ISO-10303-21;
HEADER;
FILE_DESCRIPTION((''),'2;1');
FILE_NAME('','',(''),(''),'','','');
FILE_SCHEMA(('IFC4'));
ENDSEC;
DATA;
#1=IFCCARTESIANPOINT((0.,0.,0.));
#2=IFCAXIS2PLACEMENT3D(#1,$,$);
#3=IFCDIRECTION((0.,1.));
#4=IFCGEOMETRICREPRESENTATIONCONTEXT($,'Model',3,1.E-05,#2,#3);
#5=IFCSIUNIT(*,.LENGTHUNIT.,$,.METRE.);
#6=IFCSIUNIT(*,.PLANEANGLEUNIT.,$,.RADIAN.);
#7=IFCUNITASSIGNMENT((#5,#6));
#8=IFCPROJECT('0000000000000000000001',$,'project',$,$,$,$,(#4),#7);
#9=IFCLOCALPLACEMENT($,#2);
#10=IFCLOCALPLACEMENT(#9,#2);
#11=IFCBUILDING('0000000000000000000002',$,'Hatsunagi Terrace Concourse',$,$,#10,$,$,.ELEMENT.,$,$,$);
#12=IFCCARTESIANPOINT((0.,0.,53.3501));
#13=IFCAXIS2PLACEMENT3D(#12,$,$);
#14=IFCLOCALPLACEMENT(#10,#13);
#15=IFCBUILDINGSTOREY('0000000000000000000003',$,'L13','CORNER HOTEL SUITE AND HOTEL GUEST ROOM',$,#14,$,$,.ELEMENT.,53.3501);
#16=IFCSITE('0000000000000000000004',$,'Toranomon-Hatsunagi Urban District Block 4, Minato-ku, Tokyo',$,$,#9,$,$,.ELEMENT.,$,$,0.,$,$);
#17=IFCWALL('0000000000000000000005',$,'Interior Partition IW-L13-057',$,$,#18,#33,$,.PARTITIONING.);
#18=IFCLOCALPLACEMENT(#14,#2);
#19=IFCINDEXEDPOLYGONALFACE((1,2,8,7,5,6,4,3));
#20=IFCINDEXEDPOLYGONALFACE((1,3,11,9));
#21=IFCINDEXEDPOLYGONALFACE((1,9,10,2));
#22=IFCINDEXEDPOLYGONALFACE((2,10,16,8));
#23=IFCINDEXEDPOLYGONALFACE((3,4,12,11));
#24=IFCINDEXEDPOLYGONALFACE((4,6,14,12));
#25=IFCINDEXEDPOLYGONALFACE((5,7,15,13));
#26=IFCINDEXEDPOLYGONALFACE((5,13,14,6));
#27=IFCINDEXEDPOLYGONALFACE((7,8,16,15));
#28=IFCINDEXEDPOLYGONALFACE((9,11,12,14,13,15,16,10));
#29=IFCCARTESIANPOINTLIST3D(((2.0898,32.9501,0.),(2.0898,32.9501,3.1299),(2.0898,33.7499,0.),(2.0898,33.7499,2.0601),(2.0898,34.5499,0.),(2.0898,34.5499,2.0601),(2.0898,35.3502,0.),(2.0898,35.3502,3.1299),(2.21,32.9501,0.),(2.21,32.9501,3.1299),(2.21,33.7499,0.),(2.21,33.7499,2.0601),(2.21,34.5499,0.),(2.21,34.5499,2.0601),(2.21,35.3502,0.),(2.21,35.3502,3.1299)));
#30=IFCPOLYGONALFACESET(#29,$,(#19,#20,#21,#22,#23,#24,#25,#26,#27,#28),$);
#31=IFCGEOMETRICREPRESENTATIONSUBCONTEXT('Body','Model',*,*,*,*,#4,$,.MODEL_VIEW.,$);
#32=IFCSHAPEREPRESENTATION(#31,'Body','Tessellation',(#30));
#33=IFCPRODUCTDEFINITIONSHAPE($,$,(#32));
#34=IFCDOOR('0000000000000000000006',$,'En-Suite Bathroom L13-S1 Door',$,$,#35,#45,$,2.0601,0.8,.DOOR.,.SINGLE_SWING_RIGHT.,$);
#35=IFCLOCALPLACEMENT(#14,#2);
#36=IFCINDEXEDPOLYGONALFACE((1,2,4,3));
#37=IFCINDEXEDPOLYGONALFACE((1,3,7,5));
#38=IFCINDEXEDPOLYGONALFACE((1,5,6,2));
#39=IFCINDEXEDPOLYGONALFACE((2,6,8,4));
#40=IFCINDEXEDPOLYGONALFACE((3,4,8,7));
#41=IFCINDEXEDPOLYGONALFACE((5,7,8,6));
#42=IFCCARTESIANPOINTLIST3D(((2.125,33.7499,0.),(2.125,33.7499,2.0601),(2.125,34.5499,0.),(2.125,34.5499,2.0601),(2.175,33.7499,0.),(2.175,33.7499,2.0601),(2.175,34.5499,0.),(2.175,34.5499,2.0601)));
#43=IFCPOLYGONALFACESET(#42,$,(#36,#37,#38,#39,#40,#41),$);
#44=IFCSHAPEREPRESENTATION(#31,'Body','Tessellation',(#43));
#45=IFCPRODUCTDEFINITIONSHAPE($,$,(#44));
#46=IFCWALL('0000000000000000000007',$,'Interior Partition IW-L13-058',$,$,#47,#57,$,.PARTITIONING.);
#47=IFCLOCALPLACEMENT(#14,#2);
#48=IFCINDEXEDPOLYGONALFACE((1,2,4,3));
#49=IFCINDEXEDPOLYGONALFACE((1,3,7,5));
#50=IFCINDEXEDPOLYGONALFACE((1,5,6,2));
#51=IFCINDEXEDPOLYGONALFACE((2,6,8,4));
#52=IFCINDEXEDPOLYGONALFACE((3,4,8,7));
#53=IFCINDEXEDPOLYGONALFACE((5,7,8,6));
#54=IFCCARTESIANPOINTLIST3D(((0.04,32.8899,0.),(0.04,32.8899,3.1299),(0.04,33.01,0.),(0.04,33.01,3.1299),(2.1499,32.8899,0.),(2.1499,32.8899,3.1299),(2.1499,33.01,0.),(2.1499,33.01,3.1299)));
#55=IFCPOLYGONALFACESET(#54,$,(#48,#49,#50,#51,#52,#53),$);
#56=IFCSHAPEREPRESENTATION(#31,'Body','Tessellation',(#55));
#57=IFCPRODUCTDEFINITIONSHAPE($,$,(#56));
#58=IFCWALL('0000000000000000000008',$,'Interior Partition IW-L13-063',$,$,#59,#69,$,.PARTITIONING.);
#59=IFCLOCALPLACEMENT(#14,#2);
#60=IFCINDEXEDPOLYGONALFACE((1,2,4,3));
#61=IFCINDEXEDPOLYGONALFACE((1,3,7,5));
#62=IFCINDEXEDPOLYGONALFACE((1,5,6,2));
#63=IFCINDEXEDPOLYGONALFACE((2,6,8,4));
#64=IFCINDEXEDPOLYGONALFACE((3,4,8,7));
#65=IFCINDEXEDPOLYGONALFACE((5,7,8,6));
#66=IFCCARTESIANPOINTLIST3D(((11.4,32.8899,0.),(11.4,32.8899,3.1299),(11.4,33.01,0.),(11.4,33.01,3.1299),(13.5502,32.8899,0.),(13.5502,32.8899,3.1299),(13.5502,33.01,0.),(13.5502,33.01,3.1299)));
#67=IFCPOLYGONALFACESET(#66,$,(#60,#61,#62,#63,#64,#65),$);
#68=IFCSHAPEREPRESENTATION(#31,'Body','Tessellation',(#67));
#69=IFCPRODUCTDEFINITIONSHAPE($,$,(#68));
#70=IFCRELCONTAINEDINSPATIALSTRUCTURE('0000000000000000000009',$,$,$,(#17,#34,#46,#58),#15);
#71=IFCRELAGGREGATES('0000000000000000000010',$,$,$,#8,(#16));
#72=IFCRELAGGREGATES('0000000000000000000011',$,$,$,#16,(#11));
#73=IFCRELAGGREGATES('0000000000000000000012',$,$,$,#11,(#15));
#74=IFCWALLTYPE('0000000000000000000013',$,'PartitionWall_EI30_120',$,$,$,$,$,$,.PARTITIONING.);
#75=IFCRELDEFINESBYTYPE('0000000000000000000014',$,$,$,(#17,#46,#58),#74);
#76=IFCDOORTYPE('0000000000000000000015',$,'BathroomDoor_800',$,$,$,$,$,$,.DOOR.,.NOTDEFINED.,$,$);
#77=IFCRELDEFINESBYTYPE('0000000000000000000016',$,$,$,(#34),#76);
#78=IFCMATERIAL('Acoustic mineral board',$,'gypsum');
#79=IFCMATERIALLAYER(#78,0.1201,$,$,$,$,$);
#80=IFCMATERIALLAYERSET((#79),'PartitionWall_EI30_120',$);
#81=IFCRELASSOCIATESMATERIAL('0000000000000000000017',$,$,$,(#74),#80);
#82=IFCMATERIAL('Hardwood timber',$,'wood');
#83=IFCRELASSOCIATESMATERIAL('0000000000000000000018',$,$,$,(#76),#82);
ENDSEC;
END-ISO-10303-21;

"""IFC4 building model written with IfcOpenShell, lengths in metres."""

from ifc_helpers import new_model, si_unit, direction, frame, frame_2d, origin, place, context, subcontext, project, spatial, rectangle, extrude, material, layer, layer_set, type_object, element, fill, save


model = new_model("IFC4")

# Units and contexts
model_context = context("Model", 3, precision=1e-05, world=origin(), true_north=direction((0.0, 1.0)))
body_context = subcontext(model_context, "Body", "Model", "MODEL_VIEW")
ifc_project = project(units=[si_unit("LENGTHUNIT", "METRE"), si_unit("PLANEANGLEUNIT", "RADIAN")], contexts=[model_context])

# Site, building, storey
site_placement = place(None, origin())
site = spatial("IfcSite", under=ifc_project, at=site_placement, Name="Toranomon-Hatsunagi Urban District Block 4, Minato-ku, Tokyo", CompositionType="ELEMENT", RefElevation=0.0)
building_placement = place(site_placement, origin())
building = spatial("IfcBuilding", under=site, at=building_placement, Name="Hatsunagi Terrace Concourse", CompositionType="ELEMENT")
storey_placement = place(building_placement, frame((0.0, 0.0, 53.3501)))
storey = spatial("IfcBuildingStorey", under=building, at=storey_placement, Name="L13", Description="CORNER HOTEL SUITE AND HOTEL GUEST ROOM", CompositionType="ELEMENT", Elevation=53.3501)

# Wall, opening, door
ifc_material_1 = material(Name="Acoustic mineral board", Category="gypsum")
ifc_layer_1 = layer(ifc_material_1, 0.1201)
ifc_layer_set_1 = layer_set([ifc_layer_1], Name="PartitionWall_EI30_120")
wall_type = type_object("IfcWallType", Name="PartitionWall_EI30_120", PredefinedType="PARTITIONING", material=ifc_layer_set_1)
wall_1_placement = place(storey_placement, frame((2.1499, 32.95, 0.0), z_axis=(0.0, 0.0, 1.0), x_axis=(0.0, 1.0, 0.0)))
wall_1 = element("IfcWall", 1, at=wall_1_placement, inside=storey, type_object=wall_type, Name="Interior Partition IW-L13-057", PredefinedType="PARTITIONING", context=body_context, shape_type="SweptSolid", body=[
    extrude(rectangle(XDim=2.4001, YDim=0.1201, at=frame_2d((1.2002, 0.0))), origin(), (0.0, 0.0, 1.0), 3.1299),
])
opening_placement = place(wall_1_placement, frame((0.8, 0.0, 0.0)))
opening = element("IfcOpeningElement", 2, at=opening_placement, cuts=wall_1, PredefinedType="OPENING", context=body_context, shape_type="SweptSolid", body=[
    extrude(rectangle(XDim=0.8, YDim=2.0601, at=frame_2d((0.3999, 1.03))), frame((0.0, 0.0701, 0.0), z_axis=(0.0, -1.0, 0.0), x_axis=(1.0, 0.0, 0.0)), (0.0, 0.0, 1.0), 0.1401),
])
ifc_material_2 = material(Name="Hardwood timber", Category="wood")
door_type = type_object("IfcDoorType", Name="BathroomDoor_800", OperationType="NOTDEFINED", PredefinedType="DOOR", material=ifc_material_2)
door_placement = place(opening_placement, origin())
door = element("IfcDoor", 3, at=door_placement, inside=storey, type_object=door_type, Name="En-Suite Bathroom L13-S1 Door", OperationType="SINGLE_SWING_RIGHT", OverallHeight=2.0601, OverallWidth=0.8, PredefinedType="DOOR", context=body_context, shape_type="SweptSolid", body=[
    extrude(rectangle(XDim=0.8, YDim=2.0601, at=frame_2d((0.3999, 1.03))), frame((0.0, 0.0249, 0.0), z_axis=(0.0, -1.0, 0.0), x_axis=(1.0, 0.0, 0.0)), (0.0, 0.0, 1.0), 0.05),
])
fill(opening, door)

# Walls
wall_2_placement = place(storey_placement, frame((0.04, 32.95, 0.0), z_axis=(0.0, 0.0, 1.0), x_axis=(1.0, 0.0, 0.0)))
element("IfcWall", 4, at=wall_2_placement, inside=storey, type_object=wall_type, Name="Interior Partition IW-L13-058", PredefinedType="PARTITIONING", context=body_context, shape_type="SweptSolid", body=[
    extrude(rectangle(XDim=2.1099, YDim=0.1201, at=frame_2d((1.0549, 0.0))), origin(), (0.0, 0.0, 1.0), 3.1299),
])
wall_3_placement = place(storey_placement, frame((11.3999, 32.95, 0.0), z_axis=(0.0, 0.0, 1.0), x_axis=(1.0, 0.0, 0.0)))
element("IfcWall", 5, at=wall_3_placement, inside=storey, type_object=wall_type, Name="Interior Partition IW-L13-063", PredefinedType="PARTITIONING", context=body_context, shape_type="SweptSolid", body=[
    extrude(rectangle(XDim=2.1501, YDim=0.1201, at=frame_2d((1.0752, 0.0))), origin(), (0.0, 0.0, 1.0), 3.1299),
])

save(model, "model.ifc")
